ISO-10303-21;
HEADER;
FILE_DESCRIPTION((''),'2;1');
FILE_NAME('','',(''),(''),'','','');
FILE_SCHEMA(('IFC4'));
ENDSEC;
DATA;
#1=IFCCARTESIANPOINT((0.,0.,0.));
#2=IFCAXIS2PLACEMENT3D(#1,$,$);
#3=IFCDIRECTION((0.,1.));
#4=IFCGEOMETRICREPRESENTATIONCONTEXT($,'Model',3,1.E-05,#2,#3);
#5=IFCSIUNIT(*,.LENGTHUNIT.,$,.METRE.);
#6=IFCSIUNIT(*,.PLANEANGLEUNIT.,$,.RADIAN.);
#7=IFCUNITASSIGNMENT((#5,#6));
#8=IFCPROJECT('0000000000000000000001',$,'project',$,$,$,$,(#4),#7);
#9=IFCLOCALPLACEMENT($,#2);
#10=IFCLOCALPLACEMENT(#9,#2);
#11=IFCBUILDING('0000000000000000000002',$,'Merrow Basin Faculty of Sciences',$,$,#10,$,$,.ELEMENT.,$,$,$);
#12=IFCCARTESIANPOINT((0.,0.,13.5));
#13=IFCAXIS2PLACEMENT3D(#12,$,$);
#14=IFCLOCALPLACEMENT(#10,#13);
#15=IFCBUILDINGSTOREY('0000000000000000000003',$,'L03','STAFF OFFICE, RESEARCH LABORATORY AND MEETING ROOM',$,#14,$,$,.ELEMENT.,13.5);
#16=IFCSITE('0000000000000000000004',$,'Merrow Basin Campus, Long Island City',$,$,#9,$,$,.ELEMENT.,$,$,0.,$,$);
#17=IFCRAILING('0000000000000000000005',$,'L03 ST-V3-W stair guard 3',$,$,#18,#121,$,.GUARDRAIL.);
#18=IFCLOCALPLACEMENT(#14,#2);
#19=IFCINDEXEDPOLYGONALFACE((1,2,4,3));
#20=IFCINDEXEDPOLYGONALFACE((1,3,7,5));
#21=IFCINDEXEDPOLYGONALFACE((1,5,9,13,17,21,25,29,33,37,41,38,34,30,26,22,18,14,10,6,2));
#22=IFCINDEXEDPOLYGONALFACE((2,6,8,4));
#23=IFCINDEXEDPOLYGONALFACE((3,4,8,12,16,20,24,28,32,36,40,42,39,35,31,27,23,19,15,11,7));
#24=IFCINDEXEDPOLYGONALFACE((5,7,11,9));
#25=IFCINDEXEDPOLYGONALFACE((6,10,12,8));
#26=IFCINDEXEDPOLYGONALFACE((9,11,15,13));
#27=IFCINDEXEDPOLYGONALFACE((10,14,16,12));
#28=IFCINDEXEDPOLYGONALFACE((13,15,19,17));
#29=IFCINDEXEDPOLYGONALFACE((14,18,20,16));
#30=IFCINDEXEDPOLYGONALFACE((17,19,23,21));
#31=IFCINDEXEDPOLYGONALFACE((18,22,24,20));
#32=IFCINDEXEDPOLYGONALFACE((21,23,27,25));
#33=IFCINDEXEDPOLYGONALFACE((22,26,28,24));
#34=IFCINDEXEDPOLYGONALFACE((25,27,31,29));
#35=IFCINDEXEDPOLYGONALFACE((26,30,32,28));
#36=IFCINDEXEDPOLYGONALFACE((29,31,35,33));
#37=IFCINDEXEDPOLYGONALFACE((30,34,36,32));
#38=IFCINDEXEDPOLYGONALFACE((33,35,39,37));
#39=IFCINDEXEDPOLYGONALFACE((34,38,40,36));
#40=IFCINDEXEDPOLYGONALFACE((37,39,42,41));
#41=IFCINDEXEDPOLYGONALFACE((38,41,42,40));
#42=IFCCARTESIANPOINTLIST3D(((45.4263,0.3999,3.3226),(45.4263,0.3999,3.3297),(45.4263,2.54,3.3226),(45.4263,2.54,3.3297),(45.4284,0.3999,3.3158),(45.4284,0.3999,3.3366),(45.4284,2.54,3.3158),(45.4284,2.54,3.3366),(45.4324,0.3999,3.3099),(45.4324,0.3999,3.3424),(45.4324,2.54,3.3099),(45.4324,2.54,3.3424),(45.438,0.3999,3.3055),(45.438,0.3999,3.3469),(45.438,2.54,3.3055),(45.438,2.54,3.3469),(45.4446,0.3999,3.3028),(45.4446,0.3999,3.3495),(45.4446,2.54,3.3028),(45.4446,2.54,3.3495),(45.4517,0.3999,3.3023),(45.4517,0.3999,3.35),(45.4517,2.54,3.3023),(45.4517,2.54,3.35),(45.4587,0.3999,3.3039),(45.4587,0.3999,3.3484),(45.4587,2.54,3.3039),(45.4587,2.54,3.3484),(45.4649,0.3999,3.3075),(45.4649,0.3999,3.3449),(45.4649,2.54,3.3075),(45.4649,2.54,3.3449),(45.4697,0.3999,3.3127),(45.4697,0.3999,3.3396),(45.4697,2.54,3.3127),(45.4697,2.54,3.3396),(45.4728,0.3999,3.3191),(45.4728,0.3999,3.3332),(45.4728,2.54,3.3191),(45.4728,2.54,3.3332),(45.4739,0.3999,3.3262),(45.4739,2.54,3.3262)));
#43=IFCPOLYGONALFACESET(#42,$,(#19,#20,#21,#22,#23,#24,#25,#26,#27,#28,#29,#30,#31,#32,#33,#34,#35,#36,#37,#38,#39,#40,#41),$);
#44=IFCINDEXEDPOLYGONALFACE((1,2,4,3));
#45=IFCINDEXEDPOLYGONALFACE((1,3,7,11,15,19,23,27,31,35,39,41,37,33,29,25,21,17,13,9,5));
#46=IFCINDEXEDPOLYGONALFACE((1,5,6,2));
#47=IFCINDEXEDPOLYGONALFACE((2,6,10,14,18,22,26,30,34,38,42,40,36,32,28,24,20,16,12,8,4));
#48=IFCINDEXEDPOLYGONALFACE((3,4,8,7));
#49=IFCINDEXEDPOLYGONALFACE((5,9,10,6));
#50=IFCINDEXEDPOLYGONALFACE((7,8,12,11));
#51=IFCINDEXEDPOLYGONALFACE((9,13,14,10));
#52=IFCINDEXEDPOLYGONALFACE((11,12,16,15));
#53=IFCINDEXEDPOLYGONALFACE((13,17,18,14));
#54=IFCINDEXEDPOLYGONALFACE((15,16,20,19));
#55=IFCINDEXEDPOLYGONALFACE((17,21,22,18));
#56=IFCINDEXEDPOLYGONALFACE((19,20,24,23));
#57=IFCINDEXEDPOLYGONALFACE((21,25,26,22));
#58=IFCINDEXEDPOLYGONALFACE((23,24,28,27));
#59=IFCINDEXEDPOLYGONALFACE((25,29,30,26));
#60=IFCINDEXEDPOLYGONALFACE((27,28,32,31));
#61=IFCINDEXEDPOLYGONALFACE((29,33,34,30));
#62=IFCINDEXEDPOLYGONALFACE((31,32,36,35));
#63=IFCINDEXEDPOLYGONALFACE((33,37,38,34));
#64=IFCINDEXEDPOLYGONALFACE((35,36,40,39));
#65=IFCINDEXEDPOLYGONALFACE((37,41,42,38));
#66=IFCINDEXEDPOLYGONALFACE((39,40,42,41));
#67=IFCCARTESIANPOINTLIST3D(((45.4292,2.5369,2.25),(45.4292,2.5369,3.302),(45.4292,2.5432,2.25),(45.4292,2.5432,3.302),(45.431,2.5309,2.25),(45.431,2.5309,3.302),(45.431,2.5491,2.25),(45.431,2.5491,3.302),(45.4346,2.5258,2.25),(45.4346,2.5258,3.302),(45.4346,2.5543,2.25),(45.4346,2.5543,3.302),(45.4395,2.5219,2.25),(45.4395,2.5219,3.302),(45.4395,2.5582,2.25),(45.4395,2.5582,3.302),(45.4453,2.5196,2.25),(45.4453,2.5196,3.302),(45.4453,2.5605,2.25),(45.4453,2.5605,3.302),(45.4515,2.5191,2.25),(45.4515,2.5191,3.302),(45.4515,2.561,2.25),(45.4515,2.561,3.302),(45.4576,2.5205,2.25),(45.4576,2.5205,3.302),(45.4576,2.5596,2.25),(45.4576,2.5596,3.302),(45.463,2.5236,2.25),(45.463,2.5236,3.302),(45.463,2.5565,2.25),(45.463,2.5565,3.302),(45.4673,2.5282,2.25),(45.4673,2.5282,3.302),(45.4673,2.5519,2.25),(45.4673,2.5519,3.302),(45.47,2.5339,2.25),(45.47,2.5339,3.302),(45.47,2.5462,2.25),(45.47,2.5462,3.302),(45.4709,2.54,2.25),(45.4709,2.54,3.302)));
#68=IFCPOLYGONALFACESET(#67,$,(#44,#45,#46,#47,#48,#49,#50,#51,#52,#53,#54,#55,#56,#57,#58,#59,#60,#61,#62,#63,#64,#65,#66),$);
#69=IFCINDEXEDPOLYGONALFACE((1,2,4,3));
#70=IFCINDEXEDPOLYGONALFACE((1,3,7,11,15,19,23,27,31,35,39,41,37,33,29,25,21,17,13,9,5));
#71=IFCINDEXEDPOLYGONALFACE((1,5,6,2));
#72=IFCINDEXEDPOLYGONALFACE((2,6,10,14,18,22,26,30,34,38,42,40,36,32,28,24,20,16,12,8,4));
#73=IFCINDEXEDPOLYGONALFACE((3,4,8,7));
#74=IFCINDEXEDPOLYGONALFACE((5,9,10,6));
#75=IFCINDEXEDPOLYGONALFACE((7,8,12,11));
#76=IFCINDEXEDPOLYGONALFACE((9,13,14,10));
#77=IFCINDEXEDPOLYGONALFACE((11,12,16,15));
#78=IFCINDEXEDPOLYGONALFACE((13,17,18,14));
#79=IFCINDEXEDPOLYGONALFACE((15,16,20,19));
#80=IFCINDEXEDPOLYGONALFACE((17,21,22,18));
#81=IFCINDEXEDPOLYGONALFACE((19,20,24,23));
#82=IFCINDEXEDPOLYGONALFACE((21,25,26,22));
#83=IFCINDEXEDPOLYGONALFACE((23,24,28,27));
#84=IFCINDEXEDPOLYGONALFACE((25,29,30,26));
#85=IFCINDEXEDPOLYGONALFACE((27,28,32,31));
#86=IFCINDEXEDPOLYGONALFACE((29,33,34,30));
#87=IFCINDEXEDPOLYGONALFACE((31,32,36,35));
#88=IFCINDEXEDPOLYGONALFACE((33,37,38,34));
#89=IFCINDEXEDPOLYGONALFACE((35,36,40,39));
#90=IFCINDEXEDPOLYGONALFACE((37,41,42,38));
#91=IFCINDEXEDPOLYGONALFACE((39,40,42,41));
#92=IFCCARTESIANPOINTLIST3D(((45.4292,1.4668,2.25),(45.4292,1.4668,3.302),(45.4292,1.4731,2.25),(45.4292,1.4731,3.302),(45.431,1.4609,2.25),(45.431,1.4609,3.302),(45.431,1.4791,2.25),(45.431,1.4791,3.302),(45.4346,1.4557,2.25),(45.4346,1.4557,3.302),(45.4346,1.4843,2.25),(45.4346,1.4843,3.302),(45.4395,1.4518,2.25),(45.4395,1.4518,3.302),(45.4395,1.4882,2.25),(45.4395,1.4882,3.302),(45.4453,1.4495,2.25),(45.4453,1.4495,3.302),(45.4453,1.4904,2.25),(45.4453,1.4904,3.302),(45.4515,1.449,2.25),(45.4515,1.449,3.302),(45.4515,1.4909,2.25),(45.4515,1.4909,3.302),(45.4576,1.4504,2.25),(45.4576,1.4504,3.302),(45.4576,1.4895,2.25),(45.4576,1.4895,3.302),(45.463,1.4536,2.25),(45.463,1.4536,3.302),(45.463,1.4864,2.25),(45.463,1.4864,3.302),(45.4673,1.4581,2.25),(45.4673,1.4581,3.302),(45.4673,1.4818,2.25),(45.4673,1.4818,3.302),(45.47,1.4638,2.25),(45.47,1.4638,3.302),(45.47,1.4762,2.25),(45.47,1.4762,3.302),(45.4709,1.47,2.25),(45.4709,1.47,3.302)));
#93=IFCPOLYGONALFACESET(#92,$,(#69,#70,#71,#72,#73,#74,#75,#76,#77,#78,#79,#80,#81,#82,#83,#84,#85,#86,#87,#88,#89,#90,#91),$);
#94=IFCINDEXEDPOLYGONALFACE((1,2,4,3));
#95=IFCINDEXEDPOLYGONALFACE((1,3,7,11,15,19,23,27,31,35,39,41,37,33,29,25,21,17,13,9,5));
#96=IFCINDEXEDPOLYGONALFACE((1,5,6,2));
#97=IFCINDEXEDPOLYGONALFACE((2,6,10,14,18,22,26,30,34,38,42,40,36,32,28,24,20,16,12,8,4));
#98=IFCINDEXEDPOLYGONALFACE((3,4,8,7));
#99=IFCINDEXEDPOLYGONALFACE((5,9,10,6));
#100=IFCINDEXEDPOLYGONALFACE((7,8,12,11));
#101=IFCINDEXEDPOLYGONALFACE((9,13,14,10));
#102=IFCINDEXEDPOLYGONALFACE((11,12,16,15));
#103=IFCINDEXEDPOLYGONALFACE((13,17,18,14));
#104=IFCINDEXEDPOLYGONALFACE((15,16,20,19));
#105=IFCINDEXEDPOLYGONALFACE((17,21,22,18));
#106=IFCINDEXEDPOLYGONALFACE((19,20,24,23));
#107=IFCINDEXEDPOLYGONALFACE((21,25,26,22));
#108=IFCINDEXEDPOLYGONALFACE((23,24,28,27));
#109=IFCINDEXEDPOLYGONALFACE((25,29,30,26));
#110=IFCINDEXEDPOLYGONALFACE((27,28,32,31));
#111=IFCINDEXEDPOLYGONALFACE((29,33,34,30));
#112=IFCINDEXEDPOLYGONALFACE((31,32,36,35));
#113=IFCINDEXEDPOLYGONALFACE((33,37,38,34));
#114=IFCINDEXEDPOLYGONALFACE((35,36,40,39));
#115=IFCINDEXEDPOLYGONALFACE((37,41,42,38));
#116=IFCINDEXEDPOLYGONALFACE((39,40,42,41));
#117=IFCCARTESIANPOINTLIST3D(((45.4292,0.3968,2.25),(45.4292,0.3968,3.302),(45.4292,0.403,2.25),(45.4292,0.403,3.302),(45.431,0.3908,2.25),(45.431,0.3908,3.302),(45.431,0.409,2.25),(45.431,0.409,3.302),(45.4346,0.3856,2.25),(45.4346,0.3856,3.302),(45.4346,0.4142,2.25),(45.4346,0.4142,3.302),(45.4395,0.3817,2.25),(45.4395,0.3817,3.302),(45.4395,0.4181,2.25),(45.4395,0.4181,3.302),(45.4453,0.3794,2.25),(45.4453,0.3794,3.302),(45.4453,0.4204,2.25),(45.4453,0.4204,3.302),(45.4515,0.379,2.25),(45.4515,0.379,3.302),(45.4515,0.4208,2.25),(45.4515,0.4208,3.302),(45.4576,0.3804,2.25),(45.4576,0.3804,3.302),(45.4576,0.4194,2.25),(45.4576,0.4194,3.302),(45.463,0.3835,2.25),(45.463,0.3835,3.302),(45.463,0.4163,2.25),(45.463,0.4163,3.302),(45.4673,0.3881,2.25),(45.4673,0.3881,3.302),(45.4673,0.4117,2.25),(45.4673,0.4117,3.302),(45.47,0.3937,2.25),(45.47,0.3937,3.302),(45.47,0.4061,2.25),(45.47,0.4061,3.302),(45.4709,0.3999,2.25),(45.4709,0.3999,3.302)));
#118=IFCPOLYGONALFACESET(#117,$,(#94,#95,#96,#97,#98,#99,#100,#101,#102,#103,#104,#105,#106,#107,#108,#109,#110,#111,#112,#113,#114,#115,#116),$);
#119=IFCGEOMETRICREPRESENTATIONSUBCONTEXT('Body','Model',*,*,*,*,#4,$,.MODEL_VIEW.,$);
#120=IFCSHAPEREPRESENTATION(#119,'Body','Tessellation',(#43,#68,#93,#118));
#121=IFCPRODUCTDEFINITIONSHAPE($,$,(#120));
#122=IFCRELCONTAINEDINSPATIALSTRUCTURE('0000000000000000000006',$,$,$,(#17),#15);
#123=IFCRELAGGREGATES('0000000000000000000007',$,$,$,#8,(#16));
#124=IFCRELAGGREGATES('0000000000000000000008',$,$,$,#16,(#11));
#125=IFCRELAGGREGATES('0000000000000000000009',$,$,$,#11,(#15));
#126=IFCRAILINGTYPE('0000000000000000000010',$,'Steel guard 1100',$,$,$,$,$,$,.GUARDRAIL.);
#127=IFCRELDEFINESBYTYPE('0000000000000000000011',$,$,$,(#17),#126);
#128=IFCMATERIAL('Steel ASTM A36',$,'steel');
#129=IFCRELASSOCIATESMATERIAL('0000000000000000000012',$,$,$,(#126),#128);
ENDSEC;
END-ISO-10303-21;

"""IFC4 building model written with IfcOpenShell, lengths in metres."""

from ifc_helpers import new_model, si_unit, direction, frame, origin, origin_2d, place, context, subcontext, project, spatial, circle, extrude, material, type_object, element, save


model = new_model("IFC4")

# Units and contexts
model_context = context("Model", 3, precision=1e-05, world=origin(), true_north=direction((0.0, 1.0)))
body_context = subcontext(model_context, "Body", "Model", "MODEL_VIEW")
ifc_project = project(units=[si_unit("LENGTHUNIT", "METRE"), si_unit("PLANEANGLEUNIT", "RADIAN")], contexts=[model_context])

# Site, building, storey
site_placement = place(None, origin())
site = spatial("IfcSite", under=ifc_project, at=site_placement, Name="Merrow Basin Campus, Long Island City", CompositionType="ELEMENT", RefElevation=0.0)
building_placement = place(site_placement, origin())
building = spatial("IfcBuilding", under=site, at=building_placement, Name="Merrow Basin Faculty of Sciences", CompositionType="ELEMENT")
storey_placement = place(building_placement, frame((0.0, 0.0, 13.5)))
storey = spatial("IfcBuildingStorey", under=building, at=storey_placement, Name="L03", Description="STAFF OFFICE, RESEARCH LABORATORY AND MEETING ROOM", CompositionType="ELEMENT", Elevation=13.5)

# Railing
ifc_material_1 = material(Name="Steel ASTM A36", Category="steel")
railing_type = type_object("IfcRailingType", Name="Steel guard 1100", PredefinedType="GUARDRAIL", material=ifc_material_1)
railing_1_placement = place(storey_placement, frame((45.45, 2.54, 2.25)))
element("IfcRailing", 1, at=railing_1_placement, inside=storey, type_object=railing_type, Name="L03 ST-V3-W stair guard 3", PredefinedType="GUARDRAIL", context=body_context, shape_type="SweptSolid", body=[
    extrude(circle(Radius=0.0239, at=origin_2d()), frame((0.0, 0.0, 1.0762), z_axis=(0.0, -1.0, 0.0), x_axis=(1.0, 0.0, 0.0)), (0.0, 0.0, 1.0), 2.1401),
    extrude(circle(Radius=0.021, at=origin_2d()), origin(), (0.0, 0.0, 1.0), 1.052),
    extrude(circle(Radius=0.021, at=origin_2d()), frame((0.0, -1.0701, 0.0)), (0.0, 0.0, 1.0), 1.052),
    extrude(circle(Radius=0.021, at=origin_2d()), frame((0.0, -2.1401, 0.0)), (0.0, 0.0, 1.0), 1.052),
])

save(model, "model.ifc")
